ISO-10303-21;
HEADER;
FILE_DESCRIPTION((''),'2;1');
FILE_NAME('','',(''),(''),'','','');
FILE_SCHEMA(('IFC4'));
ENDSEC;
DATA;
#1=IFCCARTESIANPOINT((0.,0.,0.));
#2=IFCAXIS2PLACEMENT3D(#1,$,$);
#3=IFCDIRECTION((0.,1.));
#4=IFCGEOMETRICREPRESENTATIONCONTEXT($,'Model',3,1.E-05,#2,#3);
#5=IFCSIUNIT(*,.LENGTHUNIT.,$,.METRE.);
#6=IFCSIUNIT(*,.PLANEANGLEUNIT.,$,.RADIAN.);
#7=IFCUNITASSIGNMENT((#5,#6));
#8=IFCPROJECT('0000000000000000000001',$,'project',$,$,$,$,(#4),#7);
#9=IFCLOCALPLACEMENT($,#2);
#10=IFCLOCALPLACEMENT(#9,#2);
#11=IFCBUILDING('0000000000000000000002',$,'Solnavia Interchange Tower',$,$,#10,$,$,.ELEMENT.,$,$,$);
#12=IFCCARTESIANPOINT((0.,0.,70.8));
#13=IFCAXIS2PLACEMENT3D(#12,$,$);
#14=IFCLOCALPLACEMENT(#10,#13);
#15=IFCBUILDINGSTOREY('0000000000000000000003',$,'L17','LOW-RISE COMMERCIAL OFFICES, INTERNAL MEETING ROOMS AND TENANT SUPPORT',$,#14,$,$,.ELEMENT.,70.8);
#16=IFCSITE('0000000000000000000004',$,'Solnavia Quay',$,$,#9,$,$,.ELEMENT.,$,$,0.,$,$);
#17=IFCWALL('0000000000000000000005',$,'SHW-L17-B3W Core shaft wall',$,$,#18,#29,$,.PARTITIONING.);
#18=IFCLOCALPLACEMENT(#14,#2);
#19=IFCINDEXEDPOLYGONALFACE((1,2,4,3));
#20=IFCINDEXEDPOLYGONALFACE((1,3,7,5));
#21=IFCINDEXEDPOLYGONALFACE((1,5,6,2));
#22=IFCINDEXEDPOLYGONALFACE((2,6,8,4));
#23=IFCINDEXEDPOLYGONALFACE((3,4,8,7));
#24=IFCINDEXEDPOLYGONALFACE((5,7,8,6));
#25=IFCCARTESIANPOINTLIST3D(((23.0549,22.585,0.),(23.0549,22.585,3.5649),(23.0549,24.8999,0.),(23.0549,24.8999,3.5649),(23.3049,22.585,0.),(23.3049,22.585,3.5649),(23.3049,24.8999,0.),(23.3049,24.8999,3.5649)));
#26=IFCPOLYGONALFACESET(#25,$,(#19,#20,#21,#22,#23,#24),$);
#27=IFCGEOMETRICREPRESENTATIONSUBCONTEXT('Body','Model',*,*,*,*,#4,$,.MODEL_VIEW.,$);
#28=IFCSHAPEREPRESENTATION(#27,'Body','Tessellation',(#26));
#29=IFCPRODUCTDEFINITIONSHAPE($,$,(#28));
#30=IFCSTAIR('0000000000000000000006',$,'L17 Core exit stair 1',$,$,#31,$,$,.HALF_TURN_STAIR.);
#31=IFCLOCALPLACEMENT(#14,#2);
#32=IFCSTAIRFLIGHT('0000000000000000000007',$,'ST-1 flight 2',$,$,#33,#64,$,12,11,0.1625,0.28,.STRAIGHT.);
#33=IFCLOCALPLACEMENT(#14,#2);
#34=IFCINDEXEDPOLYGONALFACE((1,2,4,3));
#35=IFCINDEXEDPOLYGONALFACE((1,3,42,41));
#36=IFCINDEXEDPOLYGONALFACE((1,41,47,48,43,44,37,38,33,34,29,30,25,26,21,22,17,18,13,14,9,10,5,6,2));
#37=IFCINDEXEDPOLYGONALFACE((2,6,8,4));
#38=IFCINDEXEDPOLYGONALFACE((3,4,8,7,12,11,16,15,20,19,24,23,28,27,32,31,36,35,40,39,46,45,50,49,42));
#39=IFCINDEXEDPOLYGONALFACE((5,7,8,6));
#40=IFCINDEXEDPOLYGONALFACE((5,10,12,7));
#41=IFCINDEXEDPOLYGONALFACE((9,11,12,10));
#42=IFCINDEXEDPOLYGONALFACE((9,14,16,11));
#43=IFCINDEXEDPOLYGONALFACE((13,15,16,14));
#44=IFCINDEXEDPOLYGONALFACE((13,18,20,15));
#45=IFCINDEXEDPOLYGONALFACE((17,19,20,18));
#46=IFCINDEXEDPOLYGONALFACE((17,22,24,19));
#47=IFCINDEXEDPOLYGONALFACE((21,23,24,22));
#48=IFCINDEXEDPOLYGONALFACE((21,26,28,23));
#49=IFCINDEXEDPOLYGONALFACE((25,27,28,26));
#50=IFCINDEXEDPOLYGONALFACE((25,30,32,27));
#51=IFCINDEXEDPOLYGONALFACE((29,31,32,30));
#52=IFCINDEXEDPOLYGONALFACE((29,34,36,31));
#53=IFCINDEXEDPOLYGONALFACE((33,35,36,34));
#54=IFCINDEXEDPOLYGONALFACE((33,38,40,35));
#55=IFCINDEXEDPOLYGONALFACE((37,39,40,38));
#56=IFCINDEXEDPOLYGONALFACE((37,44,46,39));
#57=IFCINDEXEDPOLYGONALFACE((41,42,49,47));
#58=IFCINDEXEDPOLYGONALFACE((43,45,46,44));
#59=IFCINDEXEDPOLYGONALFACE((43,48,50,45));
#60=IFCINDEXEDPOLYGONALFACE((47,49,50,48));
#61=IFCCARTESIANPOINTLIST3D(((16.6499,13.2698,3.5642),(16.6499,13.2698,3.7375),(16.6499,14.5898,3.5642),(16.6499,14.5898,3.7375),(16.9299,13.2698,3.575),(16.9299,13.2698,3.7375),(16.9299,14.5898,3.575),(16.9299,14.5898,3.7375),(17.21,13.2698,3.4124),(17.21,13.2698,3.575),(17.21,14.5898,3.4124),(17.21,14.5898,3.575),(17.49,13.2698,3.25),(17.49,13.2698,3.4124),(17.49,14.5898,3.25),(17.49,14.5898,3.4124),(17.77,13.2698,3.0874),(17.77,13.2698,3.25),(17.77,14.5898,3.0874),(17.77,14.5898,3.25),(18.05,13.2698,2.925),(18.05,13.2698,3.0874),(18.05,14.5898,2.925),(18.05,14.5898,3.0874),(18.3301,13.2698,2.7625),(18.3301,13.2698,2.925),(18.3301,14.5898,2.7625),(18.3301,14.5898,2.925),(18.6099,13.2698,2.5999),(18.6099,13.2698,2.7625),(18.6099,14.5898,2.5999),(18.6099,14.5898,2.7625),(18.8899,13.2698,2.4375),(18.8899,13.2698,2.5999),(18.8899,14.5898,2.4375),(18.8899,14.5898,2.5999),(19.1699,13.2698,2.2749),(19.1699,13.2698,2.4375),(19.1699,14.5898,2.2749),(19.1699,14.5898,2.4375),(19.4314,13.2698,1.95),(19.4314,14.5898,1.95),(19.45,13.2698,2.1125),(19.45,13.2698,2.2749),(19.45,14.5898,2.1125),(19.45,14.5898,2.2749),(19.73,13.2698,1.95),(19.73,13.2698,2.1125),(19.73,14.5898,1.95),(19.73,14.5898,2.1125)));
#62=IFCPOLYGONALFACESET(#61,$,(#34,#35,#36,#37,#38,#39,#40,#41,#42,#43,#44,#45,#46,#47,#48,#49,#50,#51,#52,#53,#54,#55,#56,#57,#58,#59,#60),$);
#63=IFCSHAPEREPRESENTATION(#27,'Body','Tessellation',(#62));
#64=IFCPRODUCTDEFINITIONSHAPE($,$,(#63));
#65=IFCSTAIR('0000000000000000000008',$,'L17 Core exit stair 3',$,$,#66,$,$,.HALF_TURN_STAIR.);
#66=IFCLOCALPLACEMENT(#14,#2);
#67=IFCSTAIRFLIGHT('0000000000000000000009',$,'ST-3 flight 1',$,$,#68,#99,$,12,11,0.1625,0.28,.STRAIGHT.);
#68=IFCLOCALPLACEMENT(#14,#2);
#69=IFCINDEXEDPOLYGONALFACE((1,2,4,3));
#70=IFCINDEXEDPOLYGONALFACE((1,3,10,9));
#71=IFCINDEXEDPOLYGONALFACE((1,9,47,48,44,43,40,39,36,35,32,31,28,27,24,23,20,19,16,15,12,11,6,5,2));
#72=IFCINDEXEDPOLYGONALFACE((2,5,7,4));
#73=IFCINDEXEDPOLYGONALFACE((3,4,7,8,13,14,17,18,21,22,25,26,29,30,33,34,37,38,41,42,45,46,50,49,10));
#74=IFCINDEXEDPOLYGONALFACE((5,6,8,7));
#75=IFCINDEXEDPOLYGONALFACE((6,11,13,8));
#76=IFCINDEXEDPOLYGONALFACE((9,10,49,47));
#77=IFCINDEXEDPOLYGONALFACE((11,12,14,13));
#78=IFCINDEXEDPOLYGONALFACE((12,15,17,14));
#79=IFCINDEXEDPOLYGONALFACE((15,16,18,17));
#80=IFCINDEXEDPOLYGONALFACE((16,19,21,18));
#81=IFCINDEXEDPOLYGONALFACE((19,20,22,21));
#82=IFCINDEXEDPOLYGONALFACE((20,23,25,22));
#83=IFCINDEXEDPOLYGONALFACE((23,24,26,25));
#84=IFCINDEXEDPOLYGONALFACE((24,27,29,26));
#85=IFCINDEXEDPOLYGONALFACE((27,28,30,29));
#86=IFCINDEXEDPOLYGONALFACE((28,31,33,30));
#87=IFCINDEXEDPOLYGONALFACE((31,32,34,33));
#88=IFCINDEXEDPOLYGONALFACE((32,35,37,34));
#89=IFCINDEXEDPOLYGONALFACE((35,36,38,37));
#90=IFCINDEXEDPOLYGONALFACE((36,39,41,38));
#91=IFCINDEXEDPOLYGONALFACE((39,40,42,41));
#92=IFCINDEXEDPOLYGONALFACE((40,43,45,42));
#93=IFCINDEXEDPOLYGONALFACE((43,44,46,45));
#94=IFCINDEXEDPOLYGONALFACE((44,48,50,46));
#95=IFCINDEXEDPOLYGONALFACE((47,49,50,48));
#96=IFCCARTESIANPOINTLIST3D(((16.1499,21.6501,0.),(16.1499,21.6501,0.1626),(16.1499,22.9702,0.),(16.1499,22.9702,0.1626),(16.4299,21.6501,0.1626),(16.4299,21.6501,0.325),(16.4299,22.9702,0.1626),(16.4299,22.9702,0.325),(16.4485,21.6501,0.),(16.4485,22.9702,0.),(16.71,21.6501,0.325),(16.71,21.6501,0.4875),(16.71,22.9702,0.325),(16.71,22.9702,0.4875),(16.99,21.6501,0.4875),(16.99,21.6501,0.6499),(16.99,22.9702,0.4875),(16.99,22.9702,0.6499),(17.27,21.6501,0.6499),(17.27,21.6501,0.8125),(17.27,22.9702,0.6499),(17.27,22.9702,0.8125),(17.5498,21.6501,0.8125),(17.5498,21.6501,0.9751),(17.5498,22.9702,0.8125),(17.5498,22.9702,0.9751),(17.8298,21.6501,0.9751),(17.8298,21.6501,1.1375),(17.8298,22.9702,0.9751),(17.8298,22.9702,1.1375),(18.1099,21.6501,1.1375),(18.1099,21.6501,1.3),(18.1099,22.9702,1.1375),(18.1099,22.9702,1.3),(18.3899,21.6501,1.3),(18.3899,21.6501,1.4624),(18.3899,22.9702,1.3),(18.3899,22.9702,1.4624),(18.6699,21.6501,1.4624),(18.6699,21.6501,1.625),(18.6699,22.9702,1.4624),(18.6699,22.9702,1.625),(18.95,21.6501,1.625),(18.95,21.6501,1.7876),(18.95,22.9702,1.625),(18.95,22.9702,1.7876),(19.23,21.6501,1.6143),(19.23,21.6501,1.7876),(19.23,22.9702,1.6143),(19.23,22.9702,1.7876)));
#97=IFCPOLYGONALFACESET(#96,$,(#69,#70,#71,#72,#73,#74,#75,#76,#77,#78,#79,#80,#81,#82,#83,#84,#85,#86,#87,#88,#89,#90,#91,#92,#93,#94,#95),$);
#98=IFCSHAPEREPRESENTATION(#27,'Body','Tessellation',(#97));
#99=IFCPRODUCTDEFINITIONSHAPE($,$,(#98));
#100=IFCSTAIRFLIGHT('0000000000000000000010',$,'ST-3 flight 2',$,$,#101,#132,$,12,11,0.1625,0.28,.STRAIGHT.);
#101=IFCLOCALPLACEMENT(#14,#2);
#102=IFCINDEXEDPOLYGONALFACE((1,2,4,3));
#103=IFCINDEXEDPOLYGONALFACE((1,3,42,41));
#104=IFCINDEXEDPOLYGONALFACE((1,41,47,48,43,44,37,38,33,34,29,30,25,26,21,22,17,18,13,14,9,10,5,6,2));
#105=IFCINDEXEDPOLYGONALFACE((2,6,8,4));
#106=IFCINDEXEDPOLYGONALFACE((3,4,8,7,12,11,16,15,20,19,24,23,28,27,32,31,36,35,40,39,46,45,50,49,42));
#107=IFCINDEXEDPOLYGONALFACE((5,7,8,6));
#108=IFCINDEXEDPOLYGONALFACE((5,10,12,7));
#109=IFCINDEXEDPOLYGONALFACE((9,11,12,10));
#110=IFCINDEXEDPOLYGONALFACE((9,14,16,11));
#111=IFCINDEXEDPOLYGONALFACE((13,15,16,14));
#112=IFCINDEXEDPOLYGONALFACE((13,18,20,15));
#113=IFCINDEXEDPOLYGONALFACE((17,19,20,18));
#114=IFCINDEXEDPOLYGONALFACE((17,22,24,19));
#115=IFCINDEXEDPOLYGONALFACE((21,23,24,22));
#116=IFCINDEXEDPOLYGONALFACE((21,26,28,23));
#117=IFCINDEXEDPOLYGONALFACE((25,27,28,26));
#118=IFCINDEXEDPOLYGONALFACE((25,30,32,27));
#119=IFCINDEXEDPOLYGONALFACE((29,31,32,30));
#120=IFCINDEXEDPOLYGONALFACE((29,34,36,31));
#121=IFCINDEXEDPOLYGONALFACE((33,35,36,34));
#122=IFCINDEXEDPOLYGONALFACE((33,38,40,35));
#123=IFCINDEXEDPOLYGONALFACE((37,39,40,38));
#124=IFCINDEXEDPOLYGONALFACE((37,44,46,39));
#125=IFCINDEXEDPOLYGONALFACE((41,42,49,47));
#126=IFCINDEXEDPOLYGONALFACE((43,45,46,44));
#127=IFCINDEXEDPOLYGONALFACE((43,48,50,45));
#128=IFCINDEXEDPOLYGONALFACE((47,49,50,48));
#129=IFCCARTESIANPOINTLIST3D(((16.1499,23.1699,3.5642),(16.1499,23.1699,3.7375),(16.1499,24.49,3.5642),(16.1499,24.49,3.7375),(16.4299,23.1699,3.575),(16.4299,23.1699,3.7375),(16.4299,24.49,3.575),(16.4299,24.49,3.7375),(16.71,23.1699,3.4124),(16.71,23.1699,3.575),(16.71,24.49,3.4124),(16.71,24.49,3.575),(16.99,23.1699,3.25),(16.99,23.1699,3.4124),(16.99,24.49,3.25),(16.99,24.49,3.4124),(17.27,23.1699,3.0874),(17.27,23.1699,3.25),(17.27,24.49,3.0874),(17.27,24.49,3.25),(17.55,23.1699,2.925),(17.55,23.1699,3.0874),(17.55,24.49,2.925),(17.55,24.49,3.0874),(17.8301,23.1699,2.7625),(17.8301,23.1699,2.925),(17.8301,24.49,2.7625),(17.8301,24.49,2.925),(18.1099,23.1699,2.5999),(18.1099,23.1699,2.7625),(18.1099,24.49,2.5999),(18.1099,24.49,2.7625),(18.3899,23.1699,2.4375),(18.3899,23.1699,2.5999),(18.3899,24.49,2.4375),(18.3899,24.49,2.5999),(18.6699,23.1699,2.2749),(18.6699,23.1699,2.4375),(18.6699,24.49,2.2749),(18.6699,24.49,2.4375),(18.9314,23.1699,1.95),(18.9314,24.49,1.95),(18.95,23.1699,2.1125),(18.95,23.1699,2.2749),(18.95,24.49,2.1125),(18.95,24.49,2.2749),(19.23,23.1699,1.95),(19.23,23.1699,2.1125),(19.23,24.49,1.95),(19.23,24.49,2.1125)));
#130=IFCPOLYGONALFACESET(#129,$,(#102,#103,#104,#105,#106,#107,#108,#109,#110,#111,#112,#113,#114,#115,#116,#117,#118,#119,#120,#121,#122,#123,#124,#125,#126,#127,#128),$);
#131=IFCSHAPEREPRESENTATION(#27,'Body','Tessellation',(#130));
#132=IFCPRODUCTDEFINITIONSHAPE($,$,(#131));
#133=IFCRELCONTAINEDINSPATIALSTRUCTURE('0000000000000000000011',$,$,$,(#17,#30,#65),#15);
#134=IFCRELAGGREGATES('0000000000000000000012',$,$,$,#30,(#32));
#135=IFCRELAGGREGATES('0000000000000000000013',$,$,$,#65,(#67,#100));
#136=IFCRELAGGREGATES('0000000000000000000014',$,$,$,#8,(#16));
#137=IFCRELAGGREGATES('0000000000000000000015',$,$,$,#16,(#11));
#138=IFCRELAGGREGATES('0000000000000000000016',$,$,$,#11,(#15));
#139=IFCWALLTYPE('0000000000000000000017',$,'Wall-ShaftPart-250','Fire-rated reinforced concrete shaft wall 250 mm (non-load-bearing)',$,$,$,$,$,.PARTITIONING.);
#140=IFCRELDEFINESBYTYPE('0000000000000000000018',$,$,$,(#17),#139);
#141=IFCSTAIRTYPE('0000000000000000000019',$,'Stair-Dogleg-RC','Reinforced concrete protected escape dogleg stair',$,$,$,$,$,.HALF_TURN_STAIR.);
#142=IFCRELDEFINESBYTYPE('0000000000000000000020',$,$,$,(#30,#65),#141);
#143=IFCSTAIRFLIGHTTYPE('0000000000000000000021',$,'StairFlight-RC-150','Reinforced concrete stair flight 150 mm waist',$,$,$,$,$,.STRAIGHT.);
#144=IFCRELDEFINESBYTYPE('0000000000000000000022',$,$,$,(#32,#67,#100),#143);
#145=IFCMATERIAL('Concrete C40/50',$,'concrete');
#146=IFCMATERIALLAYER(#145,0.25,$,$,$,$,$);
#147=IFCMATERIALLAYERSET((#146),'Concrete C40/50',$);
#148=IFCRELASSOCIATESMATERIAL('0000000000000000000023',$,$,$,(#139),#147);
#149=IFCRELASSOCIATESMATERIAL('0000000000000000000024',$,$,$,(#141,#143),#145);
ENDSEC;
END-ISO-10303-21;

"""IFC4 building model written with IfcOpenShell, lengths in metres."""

from ifc_helpers import new_model, si_unit, direction, frame, frame_2d, origin, place, context, subcontext, project, spatial, polyline, rectangle, outline, extrude, material, layer, layer_set, type_object, element, aggregate, save


model = new_model("IFC4")

# Units and contexts
model_context = context("Model", 3, precision=1e-05, world=origin(), true_north=direction((0.0, 1.0)))
body_context = subcontext(model_context, "Body", "Model", "MODEL_VIEW")
ifc_project = project(units=[si_unit("LENGTHUNIT", "METRE"), si_unit("PLANEANGLEUNIT", "RADIAN")], contexts=[model_context])

# Site, building, storey
site_placement = place(None, origin())
site = spatial("IfcSite", under=ifc_project, at=site_placement, Name="Solnavia Quay", CompositionType="ELEMENT", RefElevation=0.0)
building_placement = place(site_placement, origin())
building = spatial("IfcBuilding", under=site, at=building_placement, Name="Solnavia Interchange Tower", CompositionType="ELEMENT")
storey_placement = place(building_placement, frame((0.0, 0.0, 70.8)))
storey = spatial("IfcBuildingStorey", under=building, at=storey_placement, Name="L17", Description="LOW-RISE COMMERCIAL OFFICES, INTERNAL MEETING ROOMS AND TENANT SUPPORT", CompositionType="ELEMENT", Elevation=70.8)

# Shared definitions
ifc_material_1 = material(Name="Concrete C40/50", Category="concrete")

# Shared definitions
ifc_layer_1 = layer(ifc_material_1, 0.25)
ifc_layer_set_1 = layer_set([ifc_layer_1], Name="Concrete C40/50")
wall_type_1 = type_object("IfcWallType", Name="Wall-ShaftPart-250", Description="Fire-rated reinforced concrete shaft wall 250 mm (non-load-bearing)", PredefinedType="PARTITIONING", material=ifc_layer_set_1)

# Wall
wall_1_placement = place(storey_placement, frame((23.1799, 22.585, 0.0), z_axis=(0.0, 0.0, 1.0), x_axis=(0.0, 1.0, 0.0)))
element("IfcWall", 1, at=wall_1_placement, inside=storey, type_object=wall_type_1, Name="SHW-L17-B3W Core shaft wall", PredefinedType="PARTITIONING", context=body_context, shape_type="SweptSolid", body=[
    extrude(rectangle(XDim=2.3149, YDim=0.25, at=frame_2d((1.1575, 0.0))), origin(), (0.0, 0.0, 1.0), 3.5649),
])

# Stair, stair flight
stair_type = type_object("IfcStairType", Name="Stair-Dogleg-RC", Description="Reinforced concrete protected escape dogleg stair", PredefinedType="HALF_TURN_STAIR", material=ifc_material_1)
stair_1_placement = place(storey_placement, origin())
stair_1 = element("IfcStair", 2, at=stair_1_placement, inside=storey, type_object=stair_type, Name="L17 Core exit stair 1", PredefinedType="HALF_TURN_STAIR")
stair_flight_type = type_object("IfcStairFlightType", Name="StairFlight-RC-150", Description="Reinforced concrete stair flight 150 mm waist", PredefinedType="STRAIGHT", material=ifc_material_1)
stair_flight_1_placement = place(storey_placement, frame((19.73, 13.9299, 1.95), z_axis=(0.0, 0.0, 1.0), x_axis=(-1.0, 0.0, 0.0)))
stair_flight_1 = element("IfcStairFlight", 3, at=stair_flight_1_placement, type_object=stair_flight_type, Name="ST-1 flight 2", NumberOfRisers=12, NumberOfTreads=11, PredefinedType="STRAIGHT", RiserHeight=0.1625, TreadLength=0.28, context=body_context, shape_type="SweptSolid", body=[
    extrude(outline(polyline([(0.0, 0.0), (0.0, 0.1626), (0.28, 0.1626), (0.28, 0.325), (0.5601, 0.325), (0.5601, 0.4875), (0.8401, 0.4875), (0.8401, 0.6499), (1.1201, 0.6499), (1.1201, 0.8125), (1.3999, 0.8125), (1.3999, 0.9751), (1.6799, 0.9751), (1.6799, 1.1375), (1.96, 1.1375), (1.96, 1.3), (2.24, 1.3), (2.24, 1.4624), (2.52, 1.4624), (2.52, 1.625), (2.8, 1.625), (2.8, 1.7876), (3.0801, 1.7876), (3.0801, 1.95), (3.0801, 1.6143), (0.2986, 0.0), (0.0, 0.0)])), frame((0.0, 0.6602, 0.0), z_axis=(0.0, -1.0, 0.0), x_axis=(1.0, 0.0, 0.0)), (0.0, 0.0, 1.0), 1.3201),
])
aggregate(stair_1, [stair_flight_1])

# Stair, stair flights
stair_2_placement = place(storey_placement, origin())
stair_2 = element("IfcStair", 4, at=stair_2_placement, inside=storey, type_object=stair_type, Name="L17 Core exit stair 3", PredefinedType="HALF_TURN_STAIR")
stair_flight_2_placement = place(storey_placement, frame((16.1499, 22.3101, 0.0), z_axis=(0.0, 0.0, 1.0), x_axis=(1.0, 0.0, 0.0)))
stair_flight_2 = element("IfcStairFlight", 5, at=stair_flight_2_placement, type_object=stair_flight_type, Name="ST-3 flight 1", NumberOfRisers=12, NumberOfTreads=11, PredefinedType="STRAIGHT", RiserHeight=0.1625, TreadLength=0.28, context=body_context, shape_type="SweptSolid", body=[
    extrude(outline(polyline([(0.0, 0.0), (0.0, 0.1626), (0.28, 0.1626), (0.28, 0.325), (0.5601, 0.325), (0.5601, 0.4875), (0.8401, 0.4875), (0.8401, 0.6499), (1.1201, 0.6499), (1.1201, 0.8125), (1.3999, 0.8125), (1.3999, 0.9751), (1.6799, 0.9751), (1.6799, 1.1375), (1.96, 1.1375), (1.96, 1.3), (2.24, 1.3), (2.24, 1.4624), (2.52, 1.4624), (2.52, 1.625), (2.8, 1.625), (2.8, 1.7876), (3.0801, 1.7876), (3.0801, 1.95), (3.0801, 1.6143), (0.2986, 0.0), (0.0, 0.0)])), frame((0.0, 0.6602, 0.0), z_axis=(0.0, -1.0, 0.0), x_axis=(1.0, 0.0, 0.0)), (0.0, 0.0, 1.0), 1.3201),
])
stair_flight_3_placement = place(storey_placement, frame((19.23, 23.8301, 1.95), z_axis=(0.0, 0.0, 1.0), x_axis=(-1.0, 0.0, 0.0)))
stair_flight_3 = element("IfcStairFlight", 6, at=stair_flight_3_placement, type_object=stair_flight_type, Name="ST-3 flight 2", NumberOfRisers=12, NumberOfTreads=11, PredefinedType="STRAIGHT", RiserHeight=0.1625, TreadLength=0.28, context=body_context, shape_type="SweptSolid", body=[
    extrude(outline(polyline([(0.0, 0.0), (0.0, 0.1626), (0.28, 0.1626), (0.28, 0.325), (0.5601, 0.325), (0.5601, 0.4875), (0.8401, 0.4875), (0.8401, 0.6499), (1.1201, 0.6499), (1.1201, 0.8125), (1.3999, 0.8125), (1.3999, 0.9751), (1.6799, 0.9751), (1.6799, 1.1375), (1.96, 1.1375), (1.96, 1.3), (2.24, 1.3), (2.24, 1.4624), (2.52, 1.4624), (2.52, 1.625), (2.8, 1.625), (2.8, 1.7876), (3.0801, 1.7876), (3.0801, 1.95), (3.0801, 1.6143), (0.2986, 0.0), (0.0, 0.0)])), frame((0.0, 0.6602, 0.0), z_axis=(0.0, -1.0, 0.0), x_axis=(1.0, 0.0, 0.0)), (0.0, 0.0, 1.0), 1.3201),
])
aggregate(stair_2, [stair_flight_2, stair_flight_3])

save(model, "model.ifc")
